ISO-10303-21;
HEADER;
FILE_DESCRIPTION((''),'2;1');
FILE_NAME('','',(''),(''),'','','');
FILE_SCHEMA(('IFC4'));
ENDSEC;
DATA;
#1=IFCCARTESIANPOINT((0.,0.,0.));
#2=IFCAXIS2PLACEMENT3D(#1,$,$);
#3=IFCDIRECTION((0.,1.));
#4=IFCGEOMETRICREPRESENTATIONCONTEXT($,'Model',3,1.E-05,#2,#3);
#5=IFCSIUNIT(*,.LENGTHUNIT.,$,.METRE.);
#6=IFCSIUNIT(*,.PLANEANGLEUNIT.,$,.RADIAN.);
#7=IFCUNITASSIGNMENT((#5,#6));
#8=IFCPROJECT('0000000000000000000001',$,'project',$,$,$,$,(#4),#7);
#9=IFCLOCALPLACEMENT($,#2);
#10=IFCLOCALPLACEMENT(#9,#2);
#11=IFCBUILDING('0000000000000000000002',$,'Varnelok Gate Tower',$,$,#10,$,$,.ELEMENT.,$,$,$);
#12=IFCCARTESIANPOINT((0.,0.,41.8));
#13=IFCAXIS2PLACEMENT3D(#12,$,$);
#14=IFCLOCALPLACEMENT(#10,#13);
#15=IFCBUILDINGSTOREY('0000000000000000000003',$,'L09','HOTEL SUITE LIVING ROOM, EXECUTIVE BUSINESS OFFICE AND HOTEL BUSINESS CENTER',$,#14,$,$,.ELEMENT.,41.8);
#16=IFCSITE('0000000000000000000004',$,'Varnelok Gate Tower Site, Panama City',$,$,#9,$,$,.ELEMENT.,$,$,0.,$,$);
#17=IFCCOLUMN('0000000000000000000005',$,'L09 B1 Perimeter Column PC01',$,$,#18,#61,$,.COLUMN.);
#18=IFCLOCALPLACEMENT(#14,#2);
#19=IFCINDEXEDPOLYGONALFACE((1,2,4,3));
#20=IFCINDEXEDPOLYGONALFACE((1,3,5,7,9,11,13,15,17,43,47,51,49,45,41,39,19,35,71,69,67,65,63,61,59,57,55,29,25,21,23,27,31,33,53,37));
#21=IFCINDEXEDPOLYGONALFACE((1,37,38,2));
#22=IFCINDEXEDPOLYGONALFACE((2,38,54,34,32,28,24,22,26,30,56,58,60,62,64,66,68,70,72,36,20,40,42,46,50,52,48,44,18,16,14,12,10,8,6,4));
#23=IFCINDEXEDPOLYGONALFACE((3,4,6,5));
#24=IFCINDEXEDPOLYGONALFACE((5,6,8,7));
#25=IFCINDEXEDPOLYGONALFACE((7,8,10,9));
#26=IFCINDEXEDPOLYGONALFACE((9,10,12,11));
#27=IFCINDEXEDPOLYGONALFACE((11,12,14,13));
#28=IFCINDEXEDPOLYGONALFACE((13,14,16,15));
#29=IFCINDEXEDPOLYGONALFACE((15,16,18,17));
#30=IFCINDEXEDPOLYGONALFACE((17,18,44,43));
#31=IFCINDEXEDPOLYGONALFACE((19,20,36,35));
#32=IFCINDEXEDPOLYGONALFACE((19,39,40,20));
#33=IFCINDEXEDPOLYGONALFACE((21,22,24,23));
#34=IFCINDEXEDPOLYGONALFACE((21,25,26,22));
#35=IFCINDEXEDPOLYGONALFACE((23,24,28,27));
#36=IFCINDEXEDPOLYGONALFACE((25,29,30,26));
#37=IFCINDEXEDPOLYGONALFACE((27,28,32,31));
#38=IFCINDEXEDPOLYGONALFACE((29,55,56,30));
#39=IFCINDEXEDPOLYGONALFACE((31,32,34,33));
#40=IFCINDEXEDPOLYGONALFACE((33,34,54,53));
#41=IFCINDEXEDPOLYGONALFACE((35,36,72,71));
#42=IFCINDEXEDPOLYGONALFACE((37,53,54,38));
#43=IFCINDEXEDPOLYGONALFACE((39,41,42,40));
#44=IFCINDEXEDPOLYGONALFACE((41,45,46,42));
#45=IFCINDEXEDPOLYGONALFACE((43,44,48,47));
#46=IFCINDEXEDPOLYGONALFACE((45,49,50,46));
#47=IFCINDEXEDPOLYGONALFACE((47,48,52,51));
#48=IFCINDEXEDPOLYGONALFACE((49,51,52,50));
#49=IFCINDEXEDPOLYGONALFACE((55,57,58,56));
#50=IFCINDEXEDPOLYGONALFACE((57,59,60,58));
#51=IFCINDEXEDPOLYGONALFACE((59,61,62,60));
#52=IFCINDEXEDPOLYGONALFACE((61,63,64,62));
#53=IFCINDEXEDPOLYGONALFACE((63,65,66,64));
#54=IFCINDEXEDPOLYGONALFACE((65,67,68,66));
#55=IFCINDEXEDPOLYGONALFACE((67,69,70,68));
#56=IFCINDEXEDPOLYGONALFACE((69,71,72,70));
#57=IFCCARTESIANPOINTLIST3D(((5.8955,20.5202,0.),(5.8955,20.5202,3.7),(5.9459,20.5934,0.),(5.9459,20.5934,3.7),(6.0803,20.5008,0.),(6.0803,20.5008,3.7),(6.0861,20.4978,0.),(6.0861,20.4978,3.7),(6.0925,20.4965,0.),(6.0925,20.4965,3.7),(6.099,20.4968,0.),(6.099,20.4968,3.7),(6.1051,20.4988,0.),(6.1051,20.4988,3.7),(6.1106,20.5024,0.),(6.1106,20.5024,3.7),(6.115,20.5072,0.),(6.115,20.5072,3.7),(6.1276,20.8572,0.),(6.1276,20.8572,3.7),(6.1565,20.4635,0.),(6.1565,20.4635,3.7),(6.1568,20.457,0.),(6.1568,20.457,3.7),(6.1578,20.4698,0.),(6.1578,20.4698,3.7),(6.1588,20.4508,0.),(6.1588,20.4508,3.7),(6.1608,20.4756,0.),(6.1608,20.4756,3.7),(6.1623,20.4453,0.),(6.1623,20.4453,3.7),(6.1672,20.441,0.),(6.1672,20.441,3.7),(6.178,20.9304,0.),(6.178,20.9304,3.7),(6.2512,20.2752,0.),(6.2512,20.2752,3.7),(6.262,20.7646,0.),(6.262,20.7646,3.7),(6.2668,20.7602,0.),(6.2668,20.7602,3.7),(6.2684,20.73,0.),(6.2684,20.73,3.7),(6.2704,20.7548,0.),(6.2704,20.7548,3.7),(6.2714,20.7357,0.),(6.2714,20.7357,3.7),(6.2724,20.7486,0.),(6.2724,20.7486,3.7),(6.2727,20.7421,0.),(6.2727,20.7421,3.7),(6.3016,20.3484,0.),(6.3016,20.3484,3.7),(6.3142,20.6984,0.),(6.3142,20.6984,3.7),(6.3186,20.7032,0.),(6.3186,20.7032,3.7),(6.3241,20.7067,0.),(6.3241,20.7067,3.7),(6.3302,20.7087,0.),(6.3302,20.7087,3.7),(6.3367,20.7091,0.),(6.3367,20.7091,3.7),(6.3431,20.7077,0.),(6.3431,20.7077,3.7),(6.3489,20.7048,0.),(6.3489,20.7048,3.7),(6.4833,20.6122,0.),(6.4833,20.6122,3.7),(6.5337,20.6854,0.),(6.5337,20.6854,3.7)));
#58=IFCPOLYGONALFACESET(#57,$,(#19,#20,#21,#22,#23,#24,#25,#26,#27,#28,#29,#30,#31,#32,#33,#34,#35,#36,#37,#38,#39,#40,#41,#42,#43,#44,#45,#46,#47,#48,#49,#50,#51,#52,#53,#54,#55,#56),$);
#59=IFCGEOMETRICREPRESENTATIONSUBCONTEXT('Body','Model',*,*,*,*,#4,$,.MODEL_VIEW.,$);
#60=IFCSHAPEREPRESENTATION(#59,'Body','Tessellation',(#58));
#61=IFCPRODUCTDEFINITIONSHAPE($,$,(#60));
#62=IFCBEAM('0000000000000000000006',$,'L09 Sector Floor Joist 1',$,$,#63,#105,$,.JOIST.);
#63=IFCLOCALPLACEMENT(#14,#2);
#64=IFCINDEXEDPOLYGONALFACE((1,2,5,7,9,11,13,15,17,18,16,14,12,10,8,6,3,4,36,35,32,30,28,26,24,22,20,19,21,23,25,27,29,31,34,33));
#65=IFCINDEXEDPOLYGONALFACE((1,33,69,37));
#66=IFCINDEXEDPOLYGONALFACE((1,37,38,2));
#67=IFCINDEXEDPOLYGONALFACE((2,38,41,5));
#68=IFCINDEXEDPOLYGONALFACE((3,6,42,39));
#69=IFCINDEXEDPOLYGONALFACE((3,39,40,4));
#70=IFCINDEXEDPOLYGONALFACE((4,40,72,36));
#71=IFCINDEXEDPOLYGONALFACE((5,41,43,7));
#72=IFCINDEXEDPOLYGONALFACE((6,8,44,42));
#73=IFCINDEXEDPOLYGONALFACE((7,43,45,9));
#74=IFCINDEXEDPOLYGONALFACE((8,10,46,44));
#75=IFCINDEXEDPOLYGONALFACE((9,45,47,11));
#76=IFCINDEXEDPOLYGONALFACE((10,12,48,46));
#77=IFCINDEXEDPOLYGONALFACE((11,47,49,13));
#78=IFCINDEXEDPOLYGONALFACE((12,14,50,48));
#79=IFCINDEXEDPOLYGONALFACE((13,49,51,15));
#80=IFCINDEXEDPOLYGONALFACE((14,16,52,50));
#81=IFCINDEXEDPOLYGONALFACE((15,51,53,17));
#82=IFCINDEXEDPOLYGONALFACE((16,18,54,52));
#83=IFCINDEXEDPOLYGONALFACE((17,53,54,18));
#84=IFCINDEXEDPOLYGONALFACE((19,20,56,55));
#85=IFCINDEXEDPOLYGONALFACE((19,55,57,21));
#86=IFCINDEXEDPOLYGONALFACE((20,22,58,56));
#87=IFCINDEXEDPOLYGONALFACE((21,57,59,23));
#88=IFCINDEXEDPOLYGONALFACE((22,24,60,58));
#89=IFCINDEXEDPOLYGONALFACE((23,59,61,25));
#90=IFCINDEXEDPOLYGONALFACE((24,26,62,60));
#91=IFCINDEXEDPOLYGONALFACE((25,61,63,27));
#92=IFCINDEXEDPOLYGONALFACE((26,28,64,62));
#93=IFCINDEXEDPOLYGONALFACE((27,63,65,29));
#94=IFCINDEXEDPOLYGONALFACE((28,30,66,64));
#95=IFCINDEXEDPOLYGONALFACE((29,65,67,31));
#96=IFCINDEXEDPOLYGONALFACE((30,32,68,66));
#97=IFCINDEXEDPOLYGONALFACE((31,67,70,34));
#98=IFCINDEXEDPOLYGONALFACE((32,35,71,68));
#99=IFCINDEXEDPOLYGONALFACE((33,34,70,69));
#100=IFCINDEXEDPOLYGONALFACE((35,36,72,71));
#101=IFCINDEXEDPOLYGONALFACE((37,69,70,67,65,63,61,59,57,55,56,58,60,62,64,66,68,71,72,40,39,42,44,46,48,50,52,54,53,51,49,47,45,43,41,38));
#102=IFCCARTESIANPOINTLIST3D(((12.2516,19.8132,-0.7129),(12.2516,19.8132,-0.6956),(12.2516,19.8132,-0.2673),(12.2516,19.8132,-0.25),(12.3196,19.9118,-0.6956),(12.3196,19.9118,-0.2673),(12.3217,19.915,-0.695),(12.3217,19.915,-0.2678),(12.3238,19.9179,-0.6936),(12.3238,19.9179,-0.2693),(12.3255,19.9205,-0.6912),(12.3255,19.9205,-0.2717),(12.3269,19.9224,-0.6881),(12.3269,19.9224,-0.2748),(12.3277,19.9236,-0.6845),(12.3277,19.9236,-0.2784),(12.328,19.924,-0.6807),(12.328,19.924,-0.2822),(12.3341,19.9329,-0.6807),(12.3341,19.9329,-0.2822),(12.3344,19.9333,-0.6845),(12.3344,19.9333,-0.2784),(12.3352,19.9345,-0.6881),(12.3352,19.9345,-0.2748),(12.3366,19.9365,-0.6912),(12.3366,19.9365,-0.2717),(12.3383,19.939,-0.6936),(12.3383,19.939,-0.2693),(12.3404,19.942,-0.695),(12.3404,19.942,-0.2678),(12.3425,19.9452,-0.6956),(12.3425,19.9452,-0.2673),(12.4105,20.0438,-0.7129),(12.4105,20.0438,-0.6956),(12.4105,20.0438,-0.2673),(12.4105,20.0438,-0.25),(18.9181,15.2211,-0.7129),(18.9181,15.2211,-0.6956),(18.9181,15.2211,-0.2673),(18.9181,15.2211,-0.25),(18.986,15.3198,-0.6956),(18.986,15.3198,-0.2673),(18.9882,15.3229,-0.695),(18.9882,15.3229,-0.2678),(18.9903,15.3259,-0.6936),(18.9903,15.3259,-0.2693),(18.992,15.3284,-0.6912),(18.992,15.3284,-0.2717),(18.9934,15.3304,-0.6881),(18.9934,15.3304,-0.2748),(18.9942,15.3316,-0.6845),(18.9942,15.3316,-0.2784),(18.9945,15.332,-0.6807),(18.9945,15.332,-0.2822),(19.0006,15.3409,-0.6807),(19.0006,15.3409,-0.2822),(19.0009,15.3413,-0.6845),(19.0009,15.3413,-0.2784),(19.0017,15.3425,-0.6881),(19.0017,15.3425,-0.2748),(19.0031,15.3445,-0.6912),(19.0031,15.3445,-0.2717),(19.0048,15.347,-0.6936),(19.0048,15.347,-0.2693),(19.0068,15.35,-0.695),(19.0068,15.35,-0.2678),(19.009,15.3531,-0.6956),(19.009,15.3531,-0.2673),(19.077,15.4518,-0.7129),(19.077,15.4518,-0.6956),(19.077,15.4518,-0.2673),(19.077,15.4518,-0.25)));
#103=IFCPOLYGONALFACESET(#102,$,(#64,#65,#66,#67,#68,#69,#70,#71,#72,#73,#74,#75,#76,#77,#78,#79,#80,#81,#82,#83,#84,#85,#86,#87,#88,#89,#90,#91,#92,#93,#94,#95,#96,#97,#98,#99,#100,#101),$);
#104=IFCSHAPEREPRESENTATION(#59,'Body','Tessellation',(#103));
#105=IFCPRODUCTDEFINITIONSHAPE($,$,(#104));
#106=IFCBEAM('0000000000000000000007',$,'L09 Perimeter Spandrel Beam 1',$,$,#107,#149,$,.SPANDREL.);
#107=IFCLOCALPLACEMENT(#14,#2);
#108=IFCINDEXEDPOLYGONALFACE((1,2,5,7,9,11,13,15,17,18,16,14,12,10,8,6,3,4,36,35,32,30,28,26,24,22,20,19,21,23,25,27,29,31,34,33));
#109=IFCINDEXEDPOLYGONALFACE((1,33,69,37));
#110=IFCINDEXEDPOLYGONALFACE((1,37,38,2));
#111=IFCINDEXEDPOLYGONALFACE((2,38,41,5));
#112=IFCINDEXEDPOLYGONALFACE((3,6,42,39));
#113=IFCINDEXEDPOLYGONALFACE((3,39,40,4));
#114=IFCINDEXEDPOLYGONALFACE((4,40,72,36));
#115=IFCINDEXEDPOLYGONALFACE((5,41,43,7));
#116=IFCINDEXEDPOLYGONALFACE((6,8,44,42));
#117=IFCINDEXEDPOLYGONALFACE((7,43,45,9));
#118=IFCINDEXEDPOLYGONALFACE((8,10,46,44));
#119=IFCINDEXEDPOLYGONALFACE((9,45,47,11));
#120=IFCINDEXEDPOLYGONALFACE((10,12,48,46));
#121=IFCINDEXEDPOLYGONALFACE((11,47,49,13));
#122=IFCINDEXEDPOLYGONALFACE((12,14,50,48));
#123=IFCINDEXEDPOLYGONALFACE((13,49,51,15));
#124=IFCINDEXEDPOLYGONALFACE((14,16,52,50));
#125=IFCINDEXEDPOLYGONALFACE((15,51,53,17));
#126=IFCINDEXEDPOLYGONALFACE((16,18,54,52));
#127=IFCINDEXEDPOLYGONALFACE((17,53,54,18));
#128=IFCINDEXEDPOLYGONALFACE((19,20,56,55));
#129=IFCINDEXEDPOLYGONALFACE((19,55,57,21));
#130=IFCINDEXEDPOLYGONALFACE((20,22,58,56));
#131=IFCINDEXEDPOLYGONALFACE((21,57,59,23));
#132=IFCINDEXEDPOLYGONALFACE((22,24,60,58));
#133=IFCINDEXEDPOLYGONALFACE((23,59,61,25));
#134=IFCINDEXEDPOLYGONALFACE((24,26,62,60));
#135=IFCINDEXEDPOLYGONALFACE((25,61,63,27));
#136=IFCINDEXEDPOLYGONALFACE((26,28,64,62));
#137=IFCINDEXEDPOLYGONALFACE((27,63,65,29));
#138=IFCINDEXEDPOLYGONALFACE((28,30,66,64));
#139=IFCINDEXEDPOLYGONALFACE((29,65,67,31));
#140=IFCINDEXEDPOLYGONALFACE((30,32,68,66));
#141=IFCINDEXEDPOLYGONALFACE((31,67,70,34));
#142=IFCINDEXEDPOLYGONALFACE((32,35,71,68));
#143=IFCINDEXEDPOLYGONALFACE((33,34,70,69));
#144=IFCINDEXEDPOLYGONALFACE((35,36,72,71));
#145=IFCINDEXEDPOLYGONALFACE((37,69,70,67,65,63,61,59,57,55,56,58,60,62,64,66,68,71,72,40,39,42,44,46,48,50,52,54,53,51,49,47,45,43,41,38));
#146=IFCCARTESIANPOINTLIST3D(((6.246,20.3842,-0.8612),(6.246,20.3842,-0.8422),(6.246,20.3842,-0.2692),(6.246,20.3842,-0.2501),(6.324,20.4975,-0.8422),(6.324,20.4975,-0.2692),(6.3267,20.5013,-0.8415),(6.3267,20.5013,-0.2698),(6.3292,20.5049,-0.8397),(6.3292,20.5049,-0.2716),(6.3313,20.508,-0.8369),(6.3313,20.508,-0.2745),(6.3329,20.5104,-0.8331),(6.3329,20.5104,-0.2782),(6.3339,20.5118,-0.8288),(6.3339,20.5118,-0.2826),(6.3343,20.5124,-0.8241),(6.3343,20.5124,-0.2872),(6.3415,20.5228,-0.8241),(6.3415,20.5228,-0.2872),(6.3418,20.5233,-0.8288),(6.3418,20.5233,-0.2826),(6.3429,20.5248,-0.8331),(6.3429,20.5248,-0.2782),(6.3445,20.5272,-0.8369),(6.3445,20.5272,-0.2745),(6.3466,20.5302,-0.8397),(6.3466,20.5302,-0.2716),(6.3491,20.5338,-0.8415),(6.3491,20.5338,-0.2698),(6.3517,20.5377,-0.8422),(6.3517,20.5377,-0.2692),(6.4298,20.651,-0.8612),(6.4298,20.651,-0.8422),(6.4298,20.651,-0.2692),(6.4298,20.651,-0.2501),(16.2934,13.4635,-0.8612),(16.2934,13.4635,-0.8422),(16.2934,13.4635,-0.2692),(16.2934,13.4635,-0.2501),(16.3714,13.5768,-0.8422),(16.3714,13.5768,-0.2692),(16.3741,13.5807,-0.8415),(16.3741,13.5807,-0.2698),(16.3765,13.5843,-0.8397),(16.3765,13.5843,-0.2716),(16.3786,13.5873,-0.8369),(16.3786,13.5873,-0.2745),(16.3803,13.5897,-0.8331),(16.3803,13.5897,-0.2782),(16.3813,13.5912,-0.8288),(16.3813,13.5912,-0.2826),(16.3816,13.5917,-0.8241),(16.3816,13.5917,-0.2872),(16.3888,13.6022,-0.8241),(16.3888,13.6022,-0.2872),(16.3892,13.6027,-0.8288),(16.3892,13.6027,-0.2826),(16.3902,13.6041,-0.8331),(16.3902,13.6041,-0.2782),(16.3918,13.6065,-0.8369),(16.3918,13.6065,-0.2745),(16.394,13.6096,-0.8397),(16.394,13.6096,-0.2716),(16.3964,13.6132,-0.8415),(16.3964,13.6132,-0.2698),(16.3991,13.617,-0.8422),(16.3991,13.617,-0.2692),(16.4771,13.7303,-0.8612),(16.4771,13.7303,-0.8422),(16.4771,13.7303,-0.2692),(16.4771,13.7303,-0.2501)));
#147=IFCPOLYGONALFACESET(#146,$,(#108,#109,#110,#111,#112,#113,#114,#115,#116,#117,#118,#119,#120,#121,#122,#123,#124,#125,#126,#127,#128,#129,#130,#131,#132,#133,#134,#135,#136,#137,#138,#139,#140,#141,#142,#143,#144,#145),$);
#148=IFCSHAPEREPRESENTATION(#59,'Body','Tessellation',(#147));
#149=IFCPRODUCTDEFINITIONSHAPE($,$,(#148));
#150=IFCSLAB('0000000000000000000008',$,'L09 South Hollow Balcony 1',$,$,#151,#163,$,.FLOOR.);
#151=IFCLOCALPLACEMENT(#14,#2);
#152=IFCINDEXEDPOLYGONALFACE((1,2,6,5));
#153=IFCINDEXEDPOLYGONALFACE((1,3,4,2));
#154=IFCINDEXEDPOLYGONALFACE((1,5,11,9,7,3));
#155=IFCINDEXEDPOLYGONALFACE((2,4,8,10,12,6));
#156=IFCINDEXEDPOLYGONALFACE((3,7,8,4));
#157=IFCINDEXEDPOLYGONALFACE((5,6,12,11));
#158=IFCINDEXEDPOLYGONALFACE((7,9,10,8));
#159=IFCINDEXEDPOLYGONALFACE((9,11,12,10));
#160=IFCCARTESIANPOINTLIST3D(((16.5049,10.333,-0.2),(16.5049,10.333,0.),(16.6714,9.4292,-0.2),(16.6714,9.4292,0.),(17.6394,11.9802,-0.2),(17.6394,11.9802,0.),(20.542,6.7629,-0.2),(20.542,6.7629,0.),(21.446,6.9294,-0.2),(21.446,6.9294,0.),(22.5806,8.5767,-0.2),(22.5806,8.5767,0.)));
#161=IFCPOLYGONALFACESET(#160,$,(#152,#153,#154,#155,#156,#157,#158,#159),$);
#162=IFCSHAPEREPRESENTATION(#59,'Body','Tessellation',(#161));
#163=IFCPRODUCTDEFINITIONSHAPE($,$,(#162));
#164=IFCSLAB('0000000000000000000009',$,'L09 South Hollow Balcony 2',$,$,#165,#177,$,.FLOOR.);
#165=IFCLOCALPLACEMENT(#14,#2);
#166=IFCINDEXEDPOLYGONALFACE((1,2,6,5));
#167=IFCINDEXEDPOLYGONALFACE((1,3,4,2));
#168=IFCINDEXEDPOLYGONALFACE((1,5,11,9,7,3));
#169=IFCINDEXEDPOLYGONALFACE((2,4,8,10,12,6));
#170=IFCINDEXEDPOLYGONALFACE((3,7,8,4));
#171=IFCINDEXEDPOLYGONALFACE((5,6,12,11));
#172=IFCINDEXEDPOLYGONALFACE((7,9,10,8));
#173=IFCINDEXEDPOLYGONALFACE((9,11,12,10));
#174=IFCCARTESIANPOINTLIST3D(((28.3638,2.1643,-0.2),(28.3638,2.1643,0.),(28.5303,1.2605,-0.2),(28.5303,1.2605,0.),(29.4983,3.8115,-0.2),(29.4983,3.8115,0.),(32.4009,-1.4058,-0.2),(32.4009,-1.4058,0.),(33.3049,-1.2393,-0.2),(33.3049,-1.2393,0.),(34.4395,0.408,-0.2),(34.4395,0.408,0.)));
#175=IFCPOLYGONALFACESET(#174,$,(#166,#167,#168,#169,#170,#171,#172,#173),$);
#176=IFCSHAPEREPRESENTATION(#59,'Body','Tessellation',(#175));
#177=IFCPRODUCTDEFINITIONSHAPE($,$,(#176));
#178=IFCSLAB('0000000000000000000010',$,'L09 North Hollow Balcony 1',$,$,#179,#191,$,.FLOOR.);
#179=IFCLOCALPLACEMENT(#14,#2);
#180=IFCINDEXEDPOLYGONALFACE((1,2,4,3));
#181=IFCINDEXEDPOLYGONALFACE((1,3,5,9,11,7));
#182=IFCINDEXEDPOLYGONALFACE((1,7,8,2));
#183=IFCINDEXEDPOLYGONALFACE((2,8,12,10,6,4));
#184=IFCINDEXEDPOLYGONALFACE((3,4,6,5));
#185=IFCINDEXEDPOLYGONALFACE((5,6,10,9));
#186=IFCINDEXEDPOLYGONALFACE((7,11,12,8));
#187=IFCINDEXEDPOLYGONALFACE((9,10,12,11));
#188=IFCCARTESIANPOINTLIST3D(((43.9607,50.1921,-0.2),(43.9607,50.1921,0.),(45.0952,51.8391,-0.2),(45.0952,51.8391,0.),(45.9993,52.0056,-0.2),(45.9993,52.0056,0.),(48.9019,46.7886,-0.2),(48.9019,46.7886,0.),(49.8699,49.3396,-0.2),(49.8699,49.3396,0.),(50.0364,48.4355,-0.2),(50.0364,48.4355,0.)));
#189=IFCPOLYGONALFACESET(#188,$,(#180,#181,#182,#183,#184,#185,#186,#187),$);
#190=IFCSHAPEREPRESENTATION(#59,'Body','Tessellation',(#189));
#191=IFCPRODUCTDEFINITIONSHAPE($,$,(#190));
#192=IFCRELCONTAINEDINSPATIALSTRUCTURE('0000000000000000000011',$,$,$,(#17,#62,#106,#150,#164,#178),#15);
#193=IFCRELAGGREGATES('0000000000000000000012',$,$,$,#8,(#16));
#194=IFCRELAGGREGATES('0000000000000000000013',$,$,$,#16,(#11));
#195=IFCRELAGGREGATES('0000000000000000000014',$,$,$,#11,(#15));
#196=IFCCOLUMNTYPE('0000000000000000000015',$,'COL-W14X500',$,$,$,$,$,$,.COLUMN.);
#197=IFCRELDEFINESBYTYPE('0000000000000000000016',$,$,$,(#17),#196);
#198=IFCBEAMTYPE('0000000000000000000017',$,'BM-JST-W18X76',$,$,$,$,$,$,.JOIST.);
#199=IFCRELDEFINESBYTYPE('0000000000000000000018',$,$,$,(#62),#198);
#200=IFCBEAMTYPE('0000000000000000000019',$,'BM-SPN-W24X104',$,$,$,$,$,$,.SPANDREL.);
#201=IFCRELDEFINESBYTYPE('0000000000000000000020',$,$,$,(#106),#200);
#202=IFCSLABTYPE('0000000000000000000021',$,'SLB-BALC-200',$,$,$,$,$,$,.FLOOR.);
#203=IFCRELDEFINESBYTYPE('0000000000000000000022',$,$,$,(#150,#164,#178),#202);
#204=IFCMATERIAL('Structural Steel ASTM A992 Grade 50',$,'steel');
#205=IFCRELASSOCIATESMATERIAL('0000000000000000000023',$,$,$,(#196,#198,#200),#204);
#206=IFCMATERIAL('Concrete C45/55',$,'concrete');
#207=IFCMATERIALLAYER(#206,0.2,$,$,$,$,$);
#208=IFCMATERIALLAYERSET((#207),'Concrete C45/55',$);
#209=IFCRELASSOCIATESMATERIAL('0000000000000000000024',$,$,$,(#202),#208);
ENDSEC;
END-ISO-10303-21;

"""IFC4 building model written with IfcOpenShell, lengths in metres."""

from ifc_helpers import new_model, si_unit, direction, frame, origin, origin_2d, place, context, subcontext, project, spatial, polyline, i_section, outline, extrude, material, layer, layer_set, material_profile, profile_set, type_object, element, save


model = new_model("IFC4")

# Units and contexts
model_context = context("Model", 3, precision=1e-05, world=origin(), true_north=direction((0.0, 1.0)))
body_context = subcontext(model_context, "Body", "Model", "MODEL_VIEW")
ifc_project = project(units=[si_unit("LENGTHUNIT", "METRE"), si_unit("PLANEANGLEUNIT", "RADIAN")], contexts=[model_context])

# Site, building, storey
site_placement = place(None, origin())
site = spatial("IfcSite", under=ifc_project, at=site_placement, Name="Varnelok Gate Tower Site, Panama City", CompositionType="ELEMENT", RefElevation=0.0)
building_placement = place(site_placement, origin())
building = spatial("IfcBuilding", under=site, at=building_placement, Name="Varnelok Gate Tower", CompositionType="ELEMENT")
storey_placement = place(building_placement, frame((0.0, 0.0, 41.8)))
storey = spatial("IfcBuildingStorey", under=building, at=storey_placement, Name="L09", Description="HOTEL SUITE LIVING ROOM, EXECUTIVE BUSINESS OFFICE AND HOTEL BUSINESS CENTER", CompositionType="ELEMENT", Elevation=41.8)

# Column
ifc_material_1 = material(Name="Structural Steel ASTM A992 Grade 50", Category="steel")
ifc_material_profile_1 = material_profile(ifc_material_1, i_section(OverallWidth=0.4319, OverallDepth=0.498, WebThickness=0.0557, FlangeThickness=0.0889, FilletRadius=0.0249, at=origin_2d()), Name="W14X500")
ifc_profile_set_1 = profile_set([ifc_material_profile_1], Name="Structural Steel ASTM A992 Grade 50")
column_type = type_object("IfcColumnType", Name="COL-W14X500", PredefinedType="COLUMN", material=ifc_profile_set_1)
column_placement = place(storey_placement, frame((6.2146, 20.6028, 0.0), z_axis=(0.0, 0.0, 1.0), x_axis=(0.823533, -0.567269, 0.0)))
element("IfcColumn", 1, at=column_placement, inside=storey, type_object=column_type, Name="L09 B1 Perimeter Column PC01", PredefinedType="COLUMN", context=body_context, shape_type="SweptSolid", body=[
    extrude(i_section(OverallWidth=0.4319, OverallDepth=0.498, WebThickness=0.0557, FlangeThickness=0.0889, FilletRadius=0.0249, at=origin_2d()), origin(), (0.0, 0.0, 1.0), 3.7),
])

# Beams
ifc_material_profile_2 = material_profile(ifc_material_1, i_section(OverallWidth=0.28, OverallDepth=0.4629, WebThickness=0.0107, FlangeThickness=0.0173, FilletRadius=0.0149, at=origin_2d()), Name="W18X76")
ifc_profile_set_2 = profile_set([ifc_material_profile_2], Name="Structural Steel ASTM A992 Grade 50")
beam_type_1 = type_object("IfcBeamType", Name="BM-JST-W18X76", PredefinedType="JOIST", material=ifc_profile_set_2)
beam_1_placement = place(storey_placement, frame((12.3311, 19.9285, -0.4814), z_axis=(0.823533, -0.567268, 0.0), x_axis=(0.567268, 0.823533, 0.0)))
element("IfcBeam", 2, at=beam_1_placement, inside=storey, type_object=beam_type_1, Name="L09 Sector Floor Joist 1", PredefinedType="JOIST", context=body_context, shape_type="SweptSolid", body=[
    extrude(i_section(OverallWidth=0.28, OverallDepth=0.4629, WebThickness=0.0107, FlangeThickness=0.0173, FilletRadius=0.0149, at=origin_2d()), origin(), (0.0, 0.0, 1.0), 8.095),
])
ifc_material_profile_3 = material_profile(ifc_material_1, i_section(OverallWidth=0.324, OverallDepth=0.6111, WebThickness=0.0127, FlangeThickness=0.019, FilletRadius=0.0181, at=origin_2d()), Name="W24X104")
ifc_profile_set_3 = profile_set([ifc_material_profile_3], Name="Structural Steel ASTM A992 Grade 50")
beam_type_2 = type_object("IfcBeamType", Name="BM-SPN-W24X104", PredefinedType="SPANDREL", material=ifc_profile_set_3)
beam_2_placement = place(storey_placement, frame((6.3379, 20.5176, -0.5557), z_axis=(0.823541, -0.567257, 0.0), x_axis=(0.567257, 0.823541, 0.0)))
element("IfcBeam", 3, at=beam_2_placement, inside=storey, type_object=beam_type_2, Name="L09 Perimeter Spandrel Beam 1", PredefinedType="SPANDREL", context=body_context, shape_type="SweptSolid", body=[
    extrude(i_section(OverallWidth=0.324, OverallDepth=0.6111, WebThickness=0.0127, FlangeThickness=0.019, FilletRadius=0.0181, at=origin_2d()), origin(), (0.0, 0.0, 1.0), 12.2002),
])

# Slabs
ifc_material_2 = material(Name="Concrete C45/55", Category="concrete")
ifc_layer_1 = layer(ifc_material_2, 0.2)
ifc_layer_set_1 = layer_set([ifc_layer_1], Name="Concrete C45/55")
slab_type_1 = type_object("IfcSlabType", Name="SLB-BALC-200", PredefinedType="FLOOR", material=ifc_layer_set_1)
slab_1_placement = place(storey_placement, frame((0.0, 0.0, -0.2)))
element("IfcSlab", 4, at=slab_1_placement, inside=storey, type_object=slab_type_1, Name="L09 South Hollow Balcony 1", PredefinedType="FLOOR", context=body_context, shape_type="SweptSolid", body=[
    extrude(outline(polyline([(16.5049, 10.333), (16.6714, 9.4292), (20.542, 6.7629), (21.446, 6.9294), (22.5806, 8.5767), (17.6394, 11.9802), (16.5049, 10.333)])), origin(), (0.0, 0.0, 1.0), 0.2),
])
slab_2_placement = place(storey_placement, frame((0.0, 0.0, -0.2)))
element("IfcSlab", 5, at=slab_2_placement, inside=storey, type_object=slab_type_1, Name="L09 South Hollow Balcony 2", PredefinedType="FLOOR", context=body_context, shape_type="SweptSolid", body=[
    extrude(outline(polyline([(28.3638, 2.1643), (28.5303, 1.2605), (32.4009, -1.4058), (33.3049, -1.2393), (34.4395, 0.408), (29.4983, 3.8115), (28.3638, 2.1643)])), origin(), (0.0, 0.0, 1.0), 0.2),
])
slab_3_placement = place(storey_placement, frame((0.0, 0.0, -0.2)))
element("IfcSlab", 6, at=slab_3_placement, inside=storey, type_object=slab_type_1, Name="L09 North Hollow Balcony 1", PredefinedType="FLOOR", context=body_context, shape_type="SweptSolid", body=[
    extrude(outline(polyline([(43.9607, 50.1921), (48.9019, 46.7886), (50.0364, 48.4355), (49.8699, 49.3396), (45.9993, 52.0056), (45.0952, 51.8391), (43.9607, 50.1921)])), origin(), (0.0, 0.0, 1.0), 0.2),
])

save(model, "model.ifc")
